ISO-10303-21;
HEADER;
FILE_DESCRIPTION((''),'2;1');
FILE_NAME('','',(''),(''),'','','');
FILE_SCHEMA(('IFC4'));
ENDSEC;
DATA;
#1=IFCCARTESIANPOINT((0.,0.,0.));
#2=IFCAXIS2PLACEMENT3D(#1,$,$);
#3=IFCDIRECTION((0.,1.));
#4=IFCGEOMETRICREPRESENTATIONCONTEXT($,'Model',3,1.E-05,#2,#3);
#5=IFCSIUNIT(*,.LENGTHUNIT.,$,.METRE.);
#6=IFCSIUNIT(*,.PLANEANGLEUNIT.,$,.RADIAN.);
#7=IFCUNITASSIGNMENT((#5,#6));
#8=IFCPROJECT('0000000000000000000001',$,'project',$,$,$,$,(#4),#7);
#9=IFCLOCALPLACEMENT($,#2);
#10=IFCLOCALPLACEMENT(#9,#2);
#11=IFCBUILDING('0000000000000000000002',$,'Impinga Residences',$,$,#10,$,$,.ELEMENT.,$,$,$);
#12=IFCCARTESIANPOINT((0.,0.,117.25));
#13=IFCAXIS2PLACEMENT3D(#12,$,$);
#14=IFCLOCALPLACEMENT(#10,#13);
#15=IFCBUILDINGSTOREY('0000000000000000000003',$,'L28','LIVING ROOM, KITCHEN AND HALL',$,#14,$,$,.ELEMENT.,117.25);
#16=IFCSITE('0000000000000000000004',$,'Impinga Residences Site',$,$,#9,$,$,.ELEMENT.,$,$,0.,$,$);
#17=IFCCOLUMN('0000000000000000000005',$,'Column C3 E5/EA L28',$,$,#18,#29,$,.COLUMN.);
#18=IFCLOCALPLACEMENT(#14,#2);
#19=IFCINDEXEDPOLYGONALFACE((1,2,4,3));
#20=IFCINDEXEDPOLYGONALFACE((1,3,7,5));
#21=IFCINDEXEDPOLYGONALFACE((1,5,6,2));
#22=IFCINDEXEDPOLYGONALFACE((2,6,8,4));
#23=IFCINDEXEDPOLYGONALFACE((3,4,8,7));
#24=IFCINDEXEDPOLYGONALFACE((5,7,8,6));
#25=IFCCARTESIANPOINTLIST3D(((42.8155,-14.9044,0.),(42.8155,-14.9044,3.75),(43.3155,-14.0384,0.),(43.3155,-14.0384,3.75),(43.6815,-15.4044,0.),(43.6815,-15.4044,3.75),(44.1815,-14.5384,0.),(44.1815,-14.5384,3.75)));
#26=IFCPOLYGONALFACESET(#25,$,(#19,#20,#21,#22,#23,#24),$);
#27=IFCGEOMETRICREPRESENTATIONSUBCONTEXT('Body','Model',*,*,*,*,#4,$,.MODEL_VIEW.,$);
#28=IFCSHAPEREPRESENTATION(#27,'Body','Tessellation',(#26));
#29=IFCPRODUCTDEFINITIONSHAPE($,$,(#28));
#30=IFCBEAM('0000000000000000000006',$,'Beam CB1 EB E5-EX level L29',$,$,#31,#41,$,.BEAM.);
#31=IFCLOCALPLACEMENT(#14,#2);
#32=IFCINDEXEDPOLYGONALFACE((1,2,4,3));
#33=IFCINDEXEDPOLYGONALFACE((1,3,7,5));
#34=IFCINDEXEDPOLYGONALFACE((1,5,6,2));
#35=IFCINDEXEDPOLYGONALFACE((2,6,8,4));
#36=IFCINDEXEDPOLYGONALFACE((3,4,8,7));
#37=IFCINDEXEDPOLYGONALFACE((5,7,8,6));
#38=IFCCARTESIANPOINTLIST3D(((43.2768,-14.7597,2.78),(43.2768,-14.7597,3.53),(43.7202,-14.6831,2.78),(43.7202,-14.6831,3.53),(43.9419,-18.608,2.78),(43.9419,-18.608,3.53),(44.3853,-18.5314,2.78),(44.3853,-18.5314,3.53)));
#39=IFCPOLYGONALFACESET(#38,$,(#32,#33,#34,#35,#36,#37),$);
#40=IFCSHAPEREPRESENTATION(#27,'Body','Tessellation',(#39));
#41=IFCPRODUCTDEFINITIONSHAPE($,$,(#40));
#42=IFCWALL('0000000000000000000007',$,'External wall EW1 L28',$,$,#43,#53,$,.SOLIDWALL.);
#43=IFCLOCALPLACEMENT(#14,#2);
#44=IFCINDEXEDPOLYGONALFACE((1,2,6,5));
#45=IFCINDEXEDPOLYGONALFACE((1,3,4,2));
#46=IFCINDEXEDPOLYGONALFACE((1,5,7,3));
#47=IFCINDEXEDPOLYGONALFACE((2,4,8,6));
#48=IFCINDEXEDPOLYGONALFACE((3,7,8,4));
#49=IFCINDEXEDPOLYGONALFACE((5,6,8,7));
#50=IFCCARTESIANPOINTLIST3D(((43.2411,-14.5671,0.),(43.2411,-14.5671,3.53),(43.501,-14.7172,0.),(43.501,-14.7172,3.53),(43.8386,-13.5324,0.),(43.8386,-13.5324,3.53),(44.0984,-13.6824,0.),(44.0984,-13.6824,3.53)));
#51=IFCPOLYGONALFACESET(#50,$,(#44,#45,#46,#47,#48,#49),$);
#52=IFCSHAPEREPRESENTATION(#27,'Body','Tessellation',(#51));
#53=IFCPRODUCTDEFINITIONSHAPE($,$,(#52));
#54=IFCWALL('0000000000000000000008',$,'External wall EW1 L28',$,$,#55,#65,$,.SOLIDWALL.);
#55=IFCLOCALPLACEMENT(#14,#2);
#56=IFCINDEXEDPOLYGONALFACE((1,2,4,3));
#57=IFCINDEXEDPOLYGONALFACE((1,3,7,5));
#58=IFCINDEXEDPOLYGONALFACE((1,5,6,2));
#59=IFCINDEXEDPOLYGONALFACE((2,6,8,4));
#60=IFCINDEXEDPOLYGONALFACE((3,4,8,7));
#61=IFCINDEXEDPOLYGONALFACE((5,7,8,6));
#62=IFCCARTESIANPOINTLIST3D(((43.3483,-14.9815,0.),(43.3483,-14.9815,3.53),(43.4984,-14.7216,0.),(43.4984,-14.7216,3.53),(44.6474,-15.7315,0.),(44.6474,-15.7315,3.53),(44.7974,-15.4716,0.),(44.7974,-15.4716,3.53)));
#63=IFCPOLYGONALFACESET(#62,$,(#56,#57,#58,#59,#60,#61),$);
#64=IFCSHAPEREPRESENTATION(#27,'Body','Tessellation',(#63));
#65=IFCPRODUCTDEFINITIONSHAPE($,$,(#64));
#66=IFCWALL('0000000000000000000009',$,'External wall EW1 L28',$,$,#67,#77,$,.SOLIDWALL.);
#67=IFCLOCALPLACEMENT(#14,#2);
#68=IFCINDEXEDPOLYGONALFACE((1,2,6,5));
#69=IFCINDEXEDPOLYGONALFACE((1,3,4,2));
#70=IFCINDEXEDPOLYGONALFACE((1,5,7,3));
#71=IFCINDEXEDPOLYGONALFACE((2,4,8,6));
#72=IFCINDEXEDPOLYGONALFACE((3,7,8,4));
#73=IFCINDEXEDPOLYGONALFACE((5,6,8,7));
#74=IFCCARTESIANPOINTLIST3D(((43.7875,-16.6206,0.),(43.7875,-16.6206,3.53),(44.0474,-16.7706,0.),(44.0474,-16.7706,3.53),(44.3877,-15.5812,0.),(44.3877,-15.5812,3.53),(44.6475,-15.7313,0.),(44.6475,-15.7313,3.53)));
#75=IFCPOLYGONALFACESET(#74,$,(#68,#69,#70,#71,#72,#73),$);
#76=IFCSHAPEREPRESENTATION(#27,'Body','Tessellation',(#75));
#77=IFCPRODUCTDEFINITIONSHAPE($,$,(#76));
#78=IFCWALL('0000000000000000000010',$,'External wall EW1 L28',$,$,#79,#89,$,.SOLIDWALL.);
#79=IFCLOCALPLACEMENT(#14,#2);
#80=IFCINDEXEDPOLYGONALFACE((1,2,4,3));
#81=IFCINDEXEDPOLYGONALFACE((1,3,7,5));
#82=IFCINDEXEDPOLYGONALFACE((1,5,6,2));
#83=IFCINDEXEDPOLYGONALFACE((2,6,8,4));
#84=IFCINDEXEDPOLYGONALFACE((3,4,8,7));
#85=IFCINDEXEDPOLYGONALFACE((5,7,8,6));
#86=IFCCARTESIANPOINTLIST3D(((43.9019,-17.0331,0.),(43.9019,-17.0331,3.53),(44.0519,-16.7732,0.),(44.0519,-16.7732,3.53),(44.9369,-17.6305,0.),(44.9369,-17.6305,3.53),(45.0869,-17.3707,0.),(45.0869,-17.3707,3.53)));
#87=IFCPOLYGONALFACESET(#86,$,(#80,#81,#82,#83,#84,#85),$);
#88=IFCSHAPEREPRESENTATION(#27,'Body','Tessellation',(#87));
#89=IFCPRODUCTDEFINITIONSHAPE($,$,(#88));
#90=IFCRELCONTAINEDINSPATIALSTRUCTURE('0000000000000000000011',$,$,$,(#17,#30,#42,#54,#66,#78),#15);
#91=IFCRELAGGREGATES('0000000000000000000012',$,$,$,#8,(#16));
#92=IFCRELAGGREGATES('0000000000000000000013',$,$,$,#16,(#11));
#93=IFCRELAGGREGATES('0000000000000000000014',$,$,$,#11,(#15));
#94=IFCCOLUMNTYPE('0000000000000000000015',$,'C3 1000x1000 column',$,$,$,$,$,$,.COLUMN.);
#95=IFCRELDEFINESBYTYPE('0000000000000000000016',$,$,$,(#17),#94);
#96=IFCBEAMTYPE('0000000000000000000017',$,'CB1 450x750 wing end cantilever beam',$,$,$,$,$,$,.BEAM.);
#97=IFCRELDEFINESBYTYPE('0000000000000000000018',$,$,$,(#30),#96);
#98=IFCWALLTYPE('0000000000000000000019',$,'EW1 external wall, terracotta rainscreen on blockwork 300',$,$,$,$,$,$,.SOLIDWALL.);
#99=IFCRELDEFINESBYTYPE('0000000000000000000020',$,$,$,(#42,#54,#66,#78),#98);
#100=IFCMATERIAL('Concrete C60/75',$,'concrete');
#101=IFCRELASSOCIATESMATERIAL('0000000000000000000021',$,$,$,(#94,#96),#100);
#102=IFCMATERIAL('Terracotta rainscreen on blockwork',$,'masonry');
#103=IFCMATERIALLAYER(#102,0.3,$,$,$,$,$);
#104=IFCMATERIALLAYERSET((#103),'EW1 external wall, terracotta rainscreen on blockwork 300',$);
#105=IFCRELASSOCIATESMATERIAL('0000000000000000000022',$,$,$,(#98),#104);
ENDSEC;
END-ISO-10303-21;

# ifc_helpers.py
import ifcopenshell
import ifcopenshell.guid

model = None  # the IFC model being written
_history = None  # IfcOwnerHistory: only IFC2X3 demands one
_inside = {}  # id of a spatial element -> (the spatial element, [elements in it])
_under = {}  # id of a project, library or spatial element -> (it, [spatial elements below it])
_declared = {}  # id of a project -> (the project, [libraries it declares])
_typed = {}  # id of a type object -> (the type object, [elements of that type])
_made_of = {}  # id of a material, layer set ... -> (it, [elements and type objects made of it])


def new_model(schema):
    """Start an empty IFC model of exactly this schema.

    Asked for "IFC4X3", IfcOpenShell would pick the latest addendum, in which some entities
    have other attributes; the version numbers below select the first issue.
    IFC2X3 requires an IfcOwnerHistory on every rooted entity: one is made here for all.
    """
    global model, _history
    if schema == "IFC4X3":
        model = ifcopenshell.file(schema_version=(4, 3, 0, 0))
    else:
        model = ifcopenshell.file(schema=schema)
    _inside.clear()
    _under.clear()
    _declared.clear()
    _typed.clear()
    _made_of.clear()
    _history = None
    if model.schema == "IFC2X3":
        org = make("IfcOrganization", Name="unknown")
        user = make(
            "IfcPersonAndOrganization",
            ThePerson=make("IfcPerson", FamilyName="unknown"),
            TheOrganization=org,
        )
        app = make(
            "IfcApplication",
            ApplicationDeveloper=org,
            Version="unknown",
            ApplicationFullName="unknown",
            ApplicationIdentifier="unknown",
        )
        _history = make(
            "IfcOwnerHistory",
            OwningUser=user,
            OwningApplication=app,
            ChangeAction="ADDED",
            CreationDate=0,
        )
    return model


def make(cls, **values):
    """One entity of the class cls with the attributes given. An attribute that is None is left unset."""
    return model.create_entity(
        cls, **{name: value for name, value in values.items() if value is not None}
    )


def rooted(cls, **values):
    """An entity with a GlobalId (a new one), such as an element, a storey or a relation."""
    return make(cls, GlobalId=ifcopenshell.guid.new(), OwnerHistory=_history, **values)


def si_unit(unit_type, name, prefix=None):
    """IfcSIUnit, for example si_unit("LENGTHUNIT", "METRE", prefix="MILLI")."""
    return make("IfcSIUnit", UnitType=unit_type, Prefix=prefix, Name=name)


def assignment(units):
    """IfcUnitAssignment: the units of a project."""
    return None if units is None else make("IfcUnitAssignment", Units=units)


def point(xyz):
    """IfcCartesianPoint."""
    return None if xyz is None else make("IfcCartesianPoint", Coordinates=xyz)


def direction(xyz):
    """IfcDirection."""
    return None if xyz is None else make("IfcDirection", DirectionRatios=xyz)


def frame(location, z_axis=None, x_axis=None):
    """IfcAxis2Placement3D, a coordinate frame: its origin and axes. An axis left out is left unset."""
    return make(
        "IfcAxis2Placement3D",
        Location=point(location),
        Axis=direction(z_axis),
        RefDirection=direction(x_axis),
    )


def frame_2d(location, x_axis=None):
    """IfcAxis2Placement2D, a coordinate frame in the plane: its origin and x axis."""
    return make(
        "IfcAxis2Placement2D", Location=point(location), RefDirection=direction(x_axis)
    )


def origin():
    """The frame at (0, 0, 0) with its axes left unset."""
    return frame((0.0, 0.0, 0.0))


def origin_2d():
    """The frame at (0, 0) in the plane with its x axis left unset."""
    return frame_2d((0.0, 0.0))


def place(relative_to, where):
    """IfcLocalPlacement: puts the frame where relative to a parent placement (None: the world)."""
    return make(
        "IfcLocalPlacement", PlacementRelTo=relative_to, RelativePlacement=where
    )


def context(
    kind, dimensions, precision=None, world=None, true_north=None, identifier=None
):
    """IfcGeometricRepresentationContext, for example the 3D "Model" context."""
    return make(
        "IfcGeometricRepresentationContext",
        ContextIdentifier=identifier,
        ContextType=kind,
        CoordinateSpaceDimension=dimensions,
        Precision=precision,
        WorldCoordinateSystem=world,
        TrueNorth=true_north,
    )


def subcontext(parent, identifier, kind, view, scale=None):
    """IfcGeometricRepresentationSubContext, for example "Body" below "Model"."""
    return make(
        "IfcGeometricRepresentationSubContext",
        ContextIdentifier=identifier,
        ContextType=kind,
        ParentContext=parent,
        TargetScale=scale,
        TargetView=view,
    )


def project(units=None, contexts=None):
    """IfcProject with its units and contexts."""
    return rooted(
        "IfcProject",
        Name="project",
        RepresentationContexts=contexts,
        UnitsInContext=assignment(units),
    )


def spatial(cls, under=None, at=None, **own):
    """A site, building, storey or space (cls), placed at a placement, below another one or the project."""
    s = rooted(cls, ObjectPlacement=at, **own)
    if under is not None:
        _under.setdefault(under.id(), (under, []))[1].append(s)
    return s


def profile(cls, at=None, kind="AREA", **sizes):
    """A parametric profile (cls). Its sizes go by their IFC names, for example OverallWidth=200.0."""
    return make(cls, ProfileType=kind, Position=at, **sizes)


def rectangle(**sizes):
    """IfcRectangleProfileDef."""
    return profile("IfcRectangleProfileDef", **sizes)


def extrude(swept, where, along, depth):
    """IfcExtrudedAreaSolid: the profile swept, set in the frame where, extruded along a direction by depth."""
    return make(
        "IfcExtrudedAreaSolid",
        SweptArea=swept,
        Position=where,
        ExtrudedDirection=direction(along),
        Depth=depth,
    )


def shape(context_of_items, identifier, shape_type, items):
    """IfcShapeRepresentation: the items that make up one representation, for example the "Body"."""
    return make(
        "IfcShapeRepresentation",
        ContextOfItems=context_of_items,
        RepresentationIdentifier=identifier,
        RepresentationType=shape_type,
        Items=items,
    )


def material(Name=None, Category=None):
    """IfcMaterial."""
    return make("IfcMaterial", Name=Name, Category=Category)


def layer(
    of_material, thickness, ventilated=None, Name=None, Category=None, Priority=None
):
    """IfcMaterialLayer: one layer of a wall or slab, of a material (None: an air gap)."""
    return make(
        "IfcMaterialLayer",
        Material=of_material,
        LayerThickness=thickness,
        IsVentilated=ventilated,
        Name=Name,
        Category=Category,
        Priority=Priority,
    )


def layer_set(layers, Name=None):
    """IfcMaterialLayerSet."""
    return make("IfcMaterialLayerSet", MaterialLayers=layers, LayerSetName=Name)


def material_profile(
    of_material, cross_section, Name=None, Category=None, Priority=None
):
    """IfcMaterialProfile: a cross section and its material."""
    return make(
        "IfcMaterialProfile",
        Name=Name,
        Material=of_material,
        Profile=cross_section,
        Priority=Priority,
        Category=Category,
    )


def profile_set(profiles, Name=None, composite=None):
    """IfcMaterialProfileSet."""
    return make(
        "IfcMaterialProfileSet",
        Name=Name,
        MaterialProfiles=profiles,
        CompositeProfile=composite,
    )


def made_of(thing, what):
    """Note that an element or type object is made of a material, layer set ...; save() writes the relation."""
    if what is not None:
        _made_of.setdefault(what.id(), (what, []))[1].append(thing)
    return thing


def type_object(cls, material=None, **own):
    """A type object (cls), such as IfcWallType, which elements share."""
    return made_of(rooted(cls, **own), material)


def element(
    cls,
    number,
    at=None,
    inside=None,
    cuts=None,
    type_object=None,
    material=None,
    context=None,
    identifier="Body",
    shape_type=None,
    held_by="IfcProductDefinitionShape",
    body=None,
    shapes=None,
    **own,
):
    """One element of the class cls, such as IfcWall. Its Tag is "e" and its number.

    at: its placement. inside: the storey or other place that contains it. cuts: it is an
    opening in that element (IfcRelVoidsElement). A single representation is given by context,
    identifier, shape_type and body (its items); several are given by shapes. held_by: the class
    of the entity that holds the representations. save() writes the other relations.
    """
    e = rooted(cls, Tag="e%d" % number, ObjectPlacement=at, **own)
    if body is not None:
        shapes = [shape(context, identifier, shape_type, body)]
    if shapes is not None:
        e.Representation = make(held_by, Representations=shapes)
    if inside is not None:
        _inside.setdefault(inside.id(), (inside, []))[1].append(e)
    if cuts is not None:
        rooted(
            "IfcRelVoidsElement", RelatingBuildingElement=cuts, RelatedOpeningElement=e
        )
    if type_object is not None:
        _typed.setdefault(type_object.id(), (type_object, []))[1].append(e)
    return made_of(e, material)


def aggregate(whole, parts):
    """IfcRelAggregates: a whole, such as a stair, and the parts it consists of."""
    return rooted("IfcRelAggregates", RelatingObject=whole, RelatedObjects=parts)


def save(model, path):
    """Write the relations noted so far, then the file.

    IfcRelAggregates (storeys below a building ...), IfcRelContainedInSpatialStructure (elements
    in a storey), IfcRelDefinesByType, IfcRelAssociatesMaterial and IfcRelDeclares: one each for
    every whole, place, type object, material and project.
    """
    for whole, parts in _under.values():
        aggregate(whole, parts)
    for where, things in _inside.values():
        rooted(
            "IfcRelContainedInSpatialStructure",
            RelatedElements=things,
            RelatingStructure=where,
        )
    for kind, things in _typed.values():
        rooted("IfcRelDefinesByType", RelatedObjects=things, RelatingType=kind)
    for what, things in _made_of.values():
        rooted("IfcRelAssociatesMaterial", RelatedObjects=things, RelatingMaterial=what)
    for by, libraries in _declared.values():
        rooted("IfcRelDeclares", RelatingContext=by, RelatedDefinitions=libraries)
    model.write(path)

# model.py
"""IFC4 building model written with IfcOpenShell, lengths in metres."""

from ifc_helpers import new_model, si_unit, direction, frame, frame_2d, origin, origin_2d, place, context, subcontext, project, spatial, rectangle, extrude, material, layer, layer_set, material_profile, profile_set, type_object, element, save


model = new_model("IFC4")

# Units and contexts
model_context = context("Model", 3, precision=1e-05, world=origin(), true_north=direction((0.0, 1.0)))
body_context = subcontext(model_context, "Body", "Model", "MODEL_VIEW")
ifc_project = project(units=[si_unit("LENGTHUNIT", "METRE"), si_unit("PLANEANGLEUNIT", "RADIAN")], contexts=[model_context])

# Site, building, storey
site_placement = place(None, origin())
site = spatial("IfcSite", under=ifc_project, at=site_placement, Name="Impinga Residences Site", CompositionType="ELEMENT", RefElevation=0.0)
building_placement = place(site_placement, origin())
building = spatial("IfcBuilding", under=site, at=building_placement, Name="Impinga Residences", CompositionType="ELEMENT")
storey_placement = place(building_placement, frame((0.0, 0.0, 117.25)))
storey = spatial("IfcBuildingStorey", under=building, at=storey_placement, Name="L28", Description="LIVING ROOM, KITCHEN AND HALL", CompositionType="ELEMENT", Elevation=117.25)

# Column
ifc_material_1 = material(Name="Concrete C60/75", Category="concrete")
ifc_material_profile_1 = material_profile(ifc_material_1, rectangle(XDim=1.0, YDim=1.0, at=origin_2d()), Name="RC 1000x1000")
ifc_profile_set_1 = profile_set([ifc_material_profile_1], Name="Concrete C60/75")
column_type = type_object("IfcColumnType", Name="C3 1000x1000 column", PredefinedType="COLUMN", material=ifc_profile_set_1)
column_placement = place(storey_placement, frame((43.4985, -14.7214, 0.0), z_axis=(0.0, 0.0, 1.0), x_axis=(-0.5, -0.866025, 0.0)))
element("IfcColumn", 1, at=column_placement, inside=storey, type_object=column_type, Name="Column C3 E5/EA L28", PredefinedType="COLUMN", context=body_context, shape_type="SweptSolid", body=[
    extrude(rectangle(XDim=1.0, YDim=1.0, at=origin_2d()), origin(), (0.0, 0.0, 1.0), 3.75),
])

# Beam
ifc_material_profile_2 = material_profile(ifc_material_1, rectangle(XDim=0.45, YDim=0.75, at=origin_2d()), Name="RC 450x750")
ifc_profile_set_2 = profile_set([ifc_material_profile_2], Name="Concrete C60/75")
beam_type = type_object("IfcBeamType", Name="CB1 450x750 wing end cantilever beam", PredefinedType="BEAM", material=ifc_profile_set_2)
beam_placement = place(storey_placement, frame((43.4985, -14.7214, 3.155), z_axis=(0.170296, -0.985393, 0.0), x_axis=(0.985393, 0.170296, 0.0)))
element("IfcBeam", 2, at=beam_placement, inside=storey, type_object=beam_type, Name="Beam CB1 EB E5-EX level L29", PredefinedType="BEAM", context=body_context, shape_type="SweptSolid", body=[
    extrude(rectangle(XDim=0.45, YDim=0.75, at=origin_2d()), origin(), (0.0, 0.0, 1.0), 3.9053),
])

# Walls
ifc_material_2 = material(Name="Terracotta rainscreen on blockwork", Category="masonry")
ifc_layer_1 = layer(ifc_material_2, 0.3)
ifc_layer_set_1 = layer_set([ifc_layer_1], Name="EW1 external wall, terracotta rainscreen on blockwork 300")
wall_type_1 = type_object("IfcWallType", Name="EW1 external wall, terracotta rainscreen on blockwork 300", PredefinedType="SOLIDWALL", material=ifc_layer_set_1)
wall_1_placement = place(storey_placement, frame((43.9685, -13.6074, 0.0), z_axis=(0.0, 0.0, 1.0), x_axis=(-0.500029, -0.866009, 0.0)))
element("IfcWall", 3, at=wall_1_placement, inside=storey, type_object=wall_type_1, Name="External wall EW1 L28", PredefinedType="SOLIDWALL", context=body_context, shape_type="SweptSolid", body=[
    extrude(rectangle(XDim=1.1948, YDim=0.3, at=frame_2d((0.5974, 0.0))), origin(), (0.0, 0.0, 1.0), 3.53),
])
wall_2_placement = place(storey_placement, frame((43.4233, -14.8516, 0.0), z_axis=(0.0, 0.0, 1.0), x_axis=(0.866031, -0.49999, 0.0)))
element("IfcWall", 4, at=wall_2_placement, inside=storey, type_object=wall_type_1, Name="External wall EW1 L28", PredefinedType="SOLIDWALL", context=body_context, shape_type="SweptSolid", body=[
    extrude(rectangle(XDim=1.5, YDim=0.3, at=frame_2d((0.75, 0.0))), origin(), (0.0, 0.0, 1.0), 3.53),
])
wall_3_placement = place(storey_placement, frame((44.5176, -15.6562, 0.0), z_axis=(0.0, 0.0, 1.0), x_axis=(-0.500034, -0.866006, 0.0)))
element("IfcWall", 5, at=wall_3_placement, inside=storey, type_object=wall_type_1, Name="External wall EW1 L28", PredefinedType="SOLIDWALL", context=body_context, shape_type="SweptSolid", body=[
    extrude(rectangle(XDim=1.2002, YDim=0.3, at=frame_2d((0.6001, 0.0))), origin(), (0.0, 0.0, 1.0), 3.53),
])
wall_4_placement = place(storey_placement, frame((43.9768, -16.9031, 0.0), z_axis=(0.0, 0.0, 1.0), x_axis=(0.86606, -0.499941, 0.0)))
element("IfcWall", 6, at=wall_4_placement, inside=storey, type_object=wall_type_1, Name="External wall EW1 L28", PredefinedType="SOLIDWALL", context=body_context, shape_type="SweptSolid", body=[
    extrude(rectangle(XDim=1.1951, YDim=0.3, at=frame_2d((0.5977, 0.0))), origin(), (0.0, 0.0, 1.0), 3.53),
])

save(model, "model.ifc")
